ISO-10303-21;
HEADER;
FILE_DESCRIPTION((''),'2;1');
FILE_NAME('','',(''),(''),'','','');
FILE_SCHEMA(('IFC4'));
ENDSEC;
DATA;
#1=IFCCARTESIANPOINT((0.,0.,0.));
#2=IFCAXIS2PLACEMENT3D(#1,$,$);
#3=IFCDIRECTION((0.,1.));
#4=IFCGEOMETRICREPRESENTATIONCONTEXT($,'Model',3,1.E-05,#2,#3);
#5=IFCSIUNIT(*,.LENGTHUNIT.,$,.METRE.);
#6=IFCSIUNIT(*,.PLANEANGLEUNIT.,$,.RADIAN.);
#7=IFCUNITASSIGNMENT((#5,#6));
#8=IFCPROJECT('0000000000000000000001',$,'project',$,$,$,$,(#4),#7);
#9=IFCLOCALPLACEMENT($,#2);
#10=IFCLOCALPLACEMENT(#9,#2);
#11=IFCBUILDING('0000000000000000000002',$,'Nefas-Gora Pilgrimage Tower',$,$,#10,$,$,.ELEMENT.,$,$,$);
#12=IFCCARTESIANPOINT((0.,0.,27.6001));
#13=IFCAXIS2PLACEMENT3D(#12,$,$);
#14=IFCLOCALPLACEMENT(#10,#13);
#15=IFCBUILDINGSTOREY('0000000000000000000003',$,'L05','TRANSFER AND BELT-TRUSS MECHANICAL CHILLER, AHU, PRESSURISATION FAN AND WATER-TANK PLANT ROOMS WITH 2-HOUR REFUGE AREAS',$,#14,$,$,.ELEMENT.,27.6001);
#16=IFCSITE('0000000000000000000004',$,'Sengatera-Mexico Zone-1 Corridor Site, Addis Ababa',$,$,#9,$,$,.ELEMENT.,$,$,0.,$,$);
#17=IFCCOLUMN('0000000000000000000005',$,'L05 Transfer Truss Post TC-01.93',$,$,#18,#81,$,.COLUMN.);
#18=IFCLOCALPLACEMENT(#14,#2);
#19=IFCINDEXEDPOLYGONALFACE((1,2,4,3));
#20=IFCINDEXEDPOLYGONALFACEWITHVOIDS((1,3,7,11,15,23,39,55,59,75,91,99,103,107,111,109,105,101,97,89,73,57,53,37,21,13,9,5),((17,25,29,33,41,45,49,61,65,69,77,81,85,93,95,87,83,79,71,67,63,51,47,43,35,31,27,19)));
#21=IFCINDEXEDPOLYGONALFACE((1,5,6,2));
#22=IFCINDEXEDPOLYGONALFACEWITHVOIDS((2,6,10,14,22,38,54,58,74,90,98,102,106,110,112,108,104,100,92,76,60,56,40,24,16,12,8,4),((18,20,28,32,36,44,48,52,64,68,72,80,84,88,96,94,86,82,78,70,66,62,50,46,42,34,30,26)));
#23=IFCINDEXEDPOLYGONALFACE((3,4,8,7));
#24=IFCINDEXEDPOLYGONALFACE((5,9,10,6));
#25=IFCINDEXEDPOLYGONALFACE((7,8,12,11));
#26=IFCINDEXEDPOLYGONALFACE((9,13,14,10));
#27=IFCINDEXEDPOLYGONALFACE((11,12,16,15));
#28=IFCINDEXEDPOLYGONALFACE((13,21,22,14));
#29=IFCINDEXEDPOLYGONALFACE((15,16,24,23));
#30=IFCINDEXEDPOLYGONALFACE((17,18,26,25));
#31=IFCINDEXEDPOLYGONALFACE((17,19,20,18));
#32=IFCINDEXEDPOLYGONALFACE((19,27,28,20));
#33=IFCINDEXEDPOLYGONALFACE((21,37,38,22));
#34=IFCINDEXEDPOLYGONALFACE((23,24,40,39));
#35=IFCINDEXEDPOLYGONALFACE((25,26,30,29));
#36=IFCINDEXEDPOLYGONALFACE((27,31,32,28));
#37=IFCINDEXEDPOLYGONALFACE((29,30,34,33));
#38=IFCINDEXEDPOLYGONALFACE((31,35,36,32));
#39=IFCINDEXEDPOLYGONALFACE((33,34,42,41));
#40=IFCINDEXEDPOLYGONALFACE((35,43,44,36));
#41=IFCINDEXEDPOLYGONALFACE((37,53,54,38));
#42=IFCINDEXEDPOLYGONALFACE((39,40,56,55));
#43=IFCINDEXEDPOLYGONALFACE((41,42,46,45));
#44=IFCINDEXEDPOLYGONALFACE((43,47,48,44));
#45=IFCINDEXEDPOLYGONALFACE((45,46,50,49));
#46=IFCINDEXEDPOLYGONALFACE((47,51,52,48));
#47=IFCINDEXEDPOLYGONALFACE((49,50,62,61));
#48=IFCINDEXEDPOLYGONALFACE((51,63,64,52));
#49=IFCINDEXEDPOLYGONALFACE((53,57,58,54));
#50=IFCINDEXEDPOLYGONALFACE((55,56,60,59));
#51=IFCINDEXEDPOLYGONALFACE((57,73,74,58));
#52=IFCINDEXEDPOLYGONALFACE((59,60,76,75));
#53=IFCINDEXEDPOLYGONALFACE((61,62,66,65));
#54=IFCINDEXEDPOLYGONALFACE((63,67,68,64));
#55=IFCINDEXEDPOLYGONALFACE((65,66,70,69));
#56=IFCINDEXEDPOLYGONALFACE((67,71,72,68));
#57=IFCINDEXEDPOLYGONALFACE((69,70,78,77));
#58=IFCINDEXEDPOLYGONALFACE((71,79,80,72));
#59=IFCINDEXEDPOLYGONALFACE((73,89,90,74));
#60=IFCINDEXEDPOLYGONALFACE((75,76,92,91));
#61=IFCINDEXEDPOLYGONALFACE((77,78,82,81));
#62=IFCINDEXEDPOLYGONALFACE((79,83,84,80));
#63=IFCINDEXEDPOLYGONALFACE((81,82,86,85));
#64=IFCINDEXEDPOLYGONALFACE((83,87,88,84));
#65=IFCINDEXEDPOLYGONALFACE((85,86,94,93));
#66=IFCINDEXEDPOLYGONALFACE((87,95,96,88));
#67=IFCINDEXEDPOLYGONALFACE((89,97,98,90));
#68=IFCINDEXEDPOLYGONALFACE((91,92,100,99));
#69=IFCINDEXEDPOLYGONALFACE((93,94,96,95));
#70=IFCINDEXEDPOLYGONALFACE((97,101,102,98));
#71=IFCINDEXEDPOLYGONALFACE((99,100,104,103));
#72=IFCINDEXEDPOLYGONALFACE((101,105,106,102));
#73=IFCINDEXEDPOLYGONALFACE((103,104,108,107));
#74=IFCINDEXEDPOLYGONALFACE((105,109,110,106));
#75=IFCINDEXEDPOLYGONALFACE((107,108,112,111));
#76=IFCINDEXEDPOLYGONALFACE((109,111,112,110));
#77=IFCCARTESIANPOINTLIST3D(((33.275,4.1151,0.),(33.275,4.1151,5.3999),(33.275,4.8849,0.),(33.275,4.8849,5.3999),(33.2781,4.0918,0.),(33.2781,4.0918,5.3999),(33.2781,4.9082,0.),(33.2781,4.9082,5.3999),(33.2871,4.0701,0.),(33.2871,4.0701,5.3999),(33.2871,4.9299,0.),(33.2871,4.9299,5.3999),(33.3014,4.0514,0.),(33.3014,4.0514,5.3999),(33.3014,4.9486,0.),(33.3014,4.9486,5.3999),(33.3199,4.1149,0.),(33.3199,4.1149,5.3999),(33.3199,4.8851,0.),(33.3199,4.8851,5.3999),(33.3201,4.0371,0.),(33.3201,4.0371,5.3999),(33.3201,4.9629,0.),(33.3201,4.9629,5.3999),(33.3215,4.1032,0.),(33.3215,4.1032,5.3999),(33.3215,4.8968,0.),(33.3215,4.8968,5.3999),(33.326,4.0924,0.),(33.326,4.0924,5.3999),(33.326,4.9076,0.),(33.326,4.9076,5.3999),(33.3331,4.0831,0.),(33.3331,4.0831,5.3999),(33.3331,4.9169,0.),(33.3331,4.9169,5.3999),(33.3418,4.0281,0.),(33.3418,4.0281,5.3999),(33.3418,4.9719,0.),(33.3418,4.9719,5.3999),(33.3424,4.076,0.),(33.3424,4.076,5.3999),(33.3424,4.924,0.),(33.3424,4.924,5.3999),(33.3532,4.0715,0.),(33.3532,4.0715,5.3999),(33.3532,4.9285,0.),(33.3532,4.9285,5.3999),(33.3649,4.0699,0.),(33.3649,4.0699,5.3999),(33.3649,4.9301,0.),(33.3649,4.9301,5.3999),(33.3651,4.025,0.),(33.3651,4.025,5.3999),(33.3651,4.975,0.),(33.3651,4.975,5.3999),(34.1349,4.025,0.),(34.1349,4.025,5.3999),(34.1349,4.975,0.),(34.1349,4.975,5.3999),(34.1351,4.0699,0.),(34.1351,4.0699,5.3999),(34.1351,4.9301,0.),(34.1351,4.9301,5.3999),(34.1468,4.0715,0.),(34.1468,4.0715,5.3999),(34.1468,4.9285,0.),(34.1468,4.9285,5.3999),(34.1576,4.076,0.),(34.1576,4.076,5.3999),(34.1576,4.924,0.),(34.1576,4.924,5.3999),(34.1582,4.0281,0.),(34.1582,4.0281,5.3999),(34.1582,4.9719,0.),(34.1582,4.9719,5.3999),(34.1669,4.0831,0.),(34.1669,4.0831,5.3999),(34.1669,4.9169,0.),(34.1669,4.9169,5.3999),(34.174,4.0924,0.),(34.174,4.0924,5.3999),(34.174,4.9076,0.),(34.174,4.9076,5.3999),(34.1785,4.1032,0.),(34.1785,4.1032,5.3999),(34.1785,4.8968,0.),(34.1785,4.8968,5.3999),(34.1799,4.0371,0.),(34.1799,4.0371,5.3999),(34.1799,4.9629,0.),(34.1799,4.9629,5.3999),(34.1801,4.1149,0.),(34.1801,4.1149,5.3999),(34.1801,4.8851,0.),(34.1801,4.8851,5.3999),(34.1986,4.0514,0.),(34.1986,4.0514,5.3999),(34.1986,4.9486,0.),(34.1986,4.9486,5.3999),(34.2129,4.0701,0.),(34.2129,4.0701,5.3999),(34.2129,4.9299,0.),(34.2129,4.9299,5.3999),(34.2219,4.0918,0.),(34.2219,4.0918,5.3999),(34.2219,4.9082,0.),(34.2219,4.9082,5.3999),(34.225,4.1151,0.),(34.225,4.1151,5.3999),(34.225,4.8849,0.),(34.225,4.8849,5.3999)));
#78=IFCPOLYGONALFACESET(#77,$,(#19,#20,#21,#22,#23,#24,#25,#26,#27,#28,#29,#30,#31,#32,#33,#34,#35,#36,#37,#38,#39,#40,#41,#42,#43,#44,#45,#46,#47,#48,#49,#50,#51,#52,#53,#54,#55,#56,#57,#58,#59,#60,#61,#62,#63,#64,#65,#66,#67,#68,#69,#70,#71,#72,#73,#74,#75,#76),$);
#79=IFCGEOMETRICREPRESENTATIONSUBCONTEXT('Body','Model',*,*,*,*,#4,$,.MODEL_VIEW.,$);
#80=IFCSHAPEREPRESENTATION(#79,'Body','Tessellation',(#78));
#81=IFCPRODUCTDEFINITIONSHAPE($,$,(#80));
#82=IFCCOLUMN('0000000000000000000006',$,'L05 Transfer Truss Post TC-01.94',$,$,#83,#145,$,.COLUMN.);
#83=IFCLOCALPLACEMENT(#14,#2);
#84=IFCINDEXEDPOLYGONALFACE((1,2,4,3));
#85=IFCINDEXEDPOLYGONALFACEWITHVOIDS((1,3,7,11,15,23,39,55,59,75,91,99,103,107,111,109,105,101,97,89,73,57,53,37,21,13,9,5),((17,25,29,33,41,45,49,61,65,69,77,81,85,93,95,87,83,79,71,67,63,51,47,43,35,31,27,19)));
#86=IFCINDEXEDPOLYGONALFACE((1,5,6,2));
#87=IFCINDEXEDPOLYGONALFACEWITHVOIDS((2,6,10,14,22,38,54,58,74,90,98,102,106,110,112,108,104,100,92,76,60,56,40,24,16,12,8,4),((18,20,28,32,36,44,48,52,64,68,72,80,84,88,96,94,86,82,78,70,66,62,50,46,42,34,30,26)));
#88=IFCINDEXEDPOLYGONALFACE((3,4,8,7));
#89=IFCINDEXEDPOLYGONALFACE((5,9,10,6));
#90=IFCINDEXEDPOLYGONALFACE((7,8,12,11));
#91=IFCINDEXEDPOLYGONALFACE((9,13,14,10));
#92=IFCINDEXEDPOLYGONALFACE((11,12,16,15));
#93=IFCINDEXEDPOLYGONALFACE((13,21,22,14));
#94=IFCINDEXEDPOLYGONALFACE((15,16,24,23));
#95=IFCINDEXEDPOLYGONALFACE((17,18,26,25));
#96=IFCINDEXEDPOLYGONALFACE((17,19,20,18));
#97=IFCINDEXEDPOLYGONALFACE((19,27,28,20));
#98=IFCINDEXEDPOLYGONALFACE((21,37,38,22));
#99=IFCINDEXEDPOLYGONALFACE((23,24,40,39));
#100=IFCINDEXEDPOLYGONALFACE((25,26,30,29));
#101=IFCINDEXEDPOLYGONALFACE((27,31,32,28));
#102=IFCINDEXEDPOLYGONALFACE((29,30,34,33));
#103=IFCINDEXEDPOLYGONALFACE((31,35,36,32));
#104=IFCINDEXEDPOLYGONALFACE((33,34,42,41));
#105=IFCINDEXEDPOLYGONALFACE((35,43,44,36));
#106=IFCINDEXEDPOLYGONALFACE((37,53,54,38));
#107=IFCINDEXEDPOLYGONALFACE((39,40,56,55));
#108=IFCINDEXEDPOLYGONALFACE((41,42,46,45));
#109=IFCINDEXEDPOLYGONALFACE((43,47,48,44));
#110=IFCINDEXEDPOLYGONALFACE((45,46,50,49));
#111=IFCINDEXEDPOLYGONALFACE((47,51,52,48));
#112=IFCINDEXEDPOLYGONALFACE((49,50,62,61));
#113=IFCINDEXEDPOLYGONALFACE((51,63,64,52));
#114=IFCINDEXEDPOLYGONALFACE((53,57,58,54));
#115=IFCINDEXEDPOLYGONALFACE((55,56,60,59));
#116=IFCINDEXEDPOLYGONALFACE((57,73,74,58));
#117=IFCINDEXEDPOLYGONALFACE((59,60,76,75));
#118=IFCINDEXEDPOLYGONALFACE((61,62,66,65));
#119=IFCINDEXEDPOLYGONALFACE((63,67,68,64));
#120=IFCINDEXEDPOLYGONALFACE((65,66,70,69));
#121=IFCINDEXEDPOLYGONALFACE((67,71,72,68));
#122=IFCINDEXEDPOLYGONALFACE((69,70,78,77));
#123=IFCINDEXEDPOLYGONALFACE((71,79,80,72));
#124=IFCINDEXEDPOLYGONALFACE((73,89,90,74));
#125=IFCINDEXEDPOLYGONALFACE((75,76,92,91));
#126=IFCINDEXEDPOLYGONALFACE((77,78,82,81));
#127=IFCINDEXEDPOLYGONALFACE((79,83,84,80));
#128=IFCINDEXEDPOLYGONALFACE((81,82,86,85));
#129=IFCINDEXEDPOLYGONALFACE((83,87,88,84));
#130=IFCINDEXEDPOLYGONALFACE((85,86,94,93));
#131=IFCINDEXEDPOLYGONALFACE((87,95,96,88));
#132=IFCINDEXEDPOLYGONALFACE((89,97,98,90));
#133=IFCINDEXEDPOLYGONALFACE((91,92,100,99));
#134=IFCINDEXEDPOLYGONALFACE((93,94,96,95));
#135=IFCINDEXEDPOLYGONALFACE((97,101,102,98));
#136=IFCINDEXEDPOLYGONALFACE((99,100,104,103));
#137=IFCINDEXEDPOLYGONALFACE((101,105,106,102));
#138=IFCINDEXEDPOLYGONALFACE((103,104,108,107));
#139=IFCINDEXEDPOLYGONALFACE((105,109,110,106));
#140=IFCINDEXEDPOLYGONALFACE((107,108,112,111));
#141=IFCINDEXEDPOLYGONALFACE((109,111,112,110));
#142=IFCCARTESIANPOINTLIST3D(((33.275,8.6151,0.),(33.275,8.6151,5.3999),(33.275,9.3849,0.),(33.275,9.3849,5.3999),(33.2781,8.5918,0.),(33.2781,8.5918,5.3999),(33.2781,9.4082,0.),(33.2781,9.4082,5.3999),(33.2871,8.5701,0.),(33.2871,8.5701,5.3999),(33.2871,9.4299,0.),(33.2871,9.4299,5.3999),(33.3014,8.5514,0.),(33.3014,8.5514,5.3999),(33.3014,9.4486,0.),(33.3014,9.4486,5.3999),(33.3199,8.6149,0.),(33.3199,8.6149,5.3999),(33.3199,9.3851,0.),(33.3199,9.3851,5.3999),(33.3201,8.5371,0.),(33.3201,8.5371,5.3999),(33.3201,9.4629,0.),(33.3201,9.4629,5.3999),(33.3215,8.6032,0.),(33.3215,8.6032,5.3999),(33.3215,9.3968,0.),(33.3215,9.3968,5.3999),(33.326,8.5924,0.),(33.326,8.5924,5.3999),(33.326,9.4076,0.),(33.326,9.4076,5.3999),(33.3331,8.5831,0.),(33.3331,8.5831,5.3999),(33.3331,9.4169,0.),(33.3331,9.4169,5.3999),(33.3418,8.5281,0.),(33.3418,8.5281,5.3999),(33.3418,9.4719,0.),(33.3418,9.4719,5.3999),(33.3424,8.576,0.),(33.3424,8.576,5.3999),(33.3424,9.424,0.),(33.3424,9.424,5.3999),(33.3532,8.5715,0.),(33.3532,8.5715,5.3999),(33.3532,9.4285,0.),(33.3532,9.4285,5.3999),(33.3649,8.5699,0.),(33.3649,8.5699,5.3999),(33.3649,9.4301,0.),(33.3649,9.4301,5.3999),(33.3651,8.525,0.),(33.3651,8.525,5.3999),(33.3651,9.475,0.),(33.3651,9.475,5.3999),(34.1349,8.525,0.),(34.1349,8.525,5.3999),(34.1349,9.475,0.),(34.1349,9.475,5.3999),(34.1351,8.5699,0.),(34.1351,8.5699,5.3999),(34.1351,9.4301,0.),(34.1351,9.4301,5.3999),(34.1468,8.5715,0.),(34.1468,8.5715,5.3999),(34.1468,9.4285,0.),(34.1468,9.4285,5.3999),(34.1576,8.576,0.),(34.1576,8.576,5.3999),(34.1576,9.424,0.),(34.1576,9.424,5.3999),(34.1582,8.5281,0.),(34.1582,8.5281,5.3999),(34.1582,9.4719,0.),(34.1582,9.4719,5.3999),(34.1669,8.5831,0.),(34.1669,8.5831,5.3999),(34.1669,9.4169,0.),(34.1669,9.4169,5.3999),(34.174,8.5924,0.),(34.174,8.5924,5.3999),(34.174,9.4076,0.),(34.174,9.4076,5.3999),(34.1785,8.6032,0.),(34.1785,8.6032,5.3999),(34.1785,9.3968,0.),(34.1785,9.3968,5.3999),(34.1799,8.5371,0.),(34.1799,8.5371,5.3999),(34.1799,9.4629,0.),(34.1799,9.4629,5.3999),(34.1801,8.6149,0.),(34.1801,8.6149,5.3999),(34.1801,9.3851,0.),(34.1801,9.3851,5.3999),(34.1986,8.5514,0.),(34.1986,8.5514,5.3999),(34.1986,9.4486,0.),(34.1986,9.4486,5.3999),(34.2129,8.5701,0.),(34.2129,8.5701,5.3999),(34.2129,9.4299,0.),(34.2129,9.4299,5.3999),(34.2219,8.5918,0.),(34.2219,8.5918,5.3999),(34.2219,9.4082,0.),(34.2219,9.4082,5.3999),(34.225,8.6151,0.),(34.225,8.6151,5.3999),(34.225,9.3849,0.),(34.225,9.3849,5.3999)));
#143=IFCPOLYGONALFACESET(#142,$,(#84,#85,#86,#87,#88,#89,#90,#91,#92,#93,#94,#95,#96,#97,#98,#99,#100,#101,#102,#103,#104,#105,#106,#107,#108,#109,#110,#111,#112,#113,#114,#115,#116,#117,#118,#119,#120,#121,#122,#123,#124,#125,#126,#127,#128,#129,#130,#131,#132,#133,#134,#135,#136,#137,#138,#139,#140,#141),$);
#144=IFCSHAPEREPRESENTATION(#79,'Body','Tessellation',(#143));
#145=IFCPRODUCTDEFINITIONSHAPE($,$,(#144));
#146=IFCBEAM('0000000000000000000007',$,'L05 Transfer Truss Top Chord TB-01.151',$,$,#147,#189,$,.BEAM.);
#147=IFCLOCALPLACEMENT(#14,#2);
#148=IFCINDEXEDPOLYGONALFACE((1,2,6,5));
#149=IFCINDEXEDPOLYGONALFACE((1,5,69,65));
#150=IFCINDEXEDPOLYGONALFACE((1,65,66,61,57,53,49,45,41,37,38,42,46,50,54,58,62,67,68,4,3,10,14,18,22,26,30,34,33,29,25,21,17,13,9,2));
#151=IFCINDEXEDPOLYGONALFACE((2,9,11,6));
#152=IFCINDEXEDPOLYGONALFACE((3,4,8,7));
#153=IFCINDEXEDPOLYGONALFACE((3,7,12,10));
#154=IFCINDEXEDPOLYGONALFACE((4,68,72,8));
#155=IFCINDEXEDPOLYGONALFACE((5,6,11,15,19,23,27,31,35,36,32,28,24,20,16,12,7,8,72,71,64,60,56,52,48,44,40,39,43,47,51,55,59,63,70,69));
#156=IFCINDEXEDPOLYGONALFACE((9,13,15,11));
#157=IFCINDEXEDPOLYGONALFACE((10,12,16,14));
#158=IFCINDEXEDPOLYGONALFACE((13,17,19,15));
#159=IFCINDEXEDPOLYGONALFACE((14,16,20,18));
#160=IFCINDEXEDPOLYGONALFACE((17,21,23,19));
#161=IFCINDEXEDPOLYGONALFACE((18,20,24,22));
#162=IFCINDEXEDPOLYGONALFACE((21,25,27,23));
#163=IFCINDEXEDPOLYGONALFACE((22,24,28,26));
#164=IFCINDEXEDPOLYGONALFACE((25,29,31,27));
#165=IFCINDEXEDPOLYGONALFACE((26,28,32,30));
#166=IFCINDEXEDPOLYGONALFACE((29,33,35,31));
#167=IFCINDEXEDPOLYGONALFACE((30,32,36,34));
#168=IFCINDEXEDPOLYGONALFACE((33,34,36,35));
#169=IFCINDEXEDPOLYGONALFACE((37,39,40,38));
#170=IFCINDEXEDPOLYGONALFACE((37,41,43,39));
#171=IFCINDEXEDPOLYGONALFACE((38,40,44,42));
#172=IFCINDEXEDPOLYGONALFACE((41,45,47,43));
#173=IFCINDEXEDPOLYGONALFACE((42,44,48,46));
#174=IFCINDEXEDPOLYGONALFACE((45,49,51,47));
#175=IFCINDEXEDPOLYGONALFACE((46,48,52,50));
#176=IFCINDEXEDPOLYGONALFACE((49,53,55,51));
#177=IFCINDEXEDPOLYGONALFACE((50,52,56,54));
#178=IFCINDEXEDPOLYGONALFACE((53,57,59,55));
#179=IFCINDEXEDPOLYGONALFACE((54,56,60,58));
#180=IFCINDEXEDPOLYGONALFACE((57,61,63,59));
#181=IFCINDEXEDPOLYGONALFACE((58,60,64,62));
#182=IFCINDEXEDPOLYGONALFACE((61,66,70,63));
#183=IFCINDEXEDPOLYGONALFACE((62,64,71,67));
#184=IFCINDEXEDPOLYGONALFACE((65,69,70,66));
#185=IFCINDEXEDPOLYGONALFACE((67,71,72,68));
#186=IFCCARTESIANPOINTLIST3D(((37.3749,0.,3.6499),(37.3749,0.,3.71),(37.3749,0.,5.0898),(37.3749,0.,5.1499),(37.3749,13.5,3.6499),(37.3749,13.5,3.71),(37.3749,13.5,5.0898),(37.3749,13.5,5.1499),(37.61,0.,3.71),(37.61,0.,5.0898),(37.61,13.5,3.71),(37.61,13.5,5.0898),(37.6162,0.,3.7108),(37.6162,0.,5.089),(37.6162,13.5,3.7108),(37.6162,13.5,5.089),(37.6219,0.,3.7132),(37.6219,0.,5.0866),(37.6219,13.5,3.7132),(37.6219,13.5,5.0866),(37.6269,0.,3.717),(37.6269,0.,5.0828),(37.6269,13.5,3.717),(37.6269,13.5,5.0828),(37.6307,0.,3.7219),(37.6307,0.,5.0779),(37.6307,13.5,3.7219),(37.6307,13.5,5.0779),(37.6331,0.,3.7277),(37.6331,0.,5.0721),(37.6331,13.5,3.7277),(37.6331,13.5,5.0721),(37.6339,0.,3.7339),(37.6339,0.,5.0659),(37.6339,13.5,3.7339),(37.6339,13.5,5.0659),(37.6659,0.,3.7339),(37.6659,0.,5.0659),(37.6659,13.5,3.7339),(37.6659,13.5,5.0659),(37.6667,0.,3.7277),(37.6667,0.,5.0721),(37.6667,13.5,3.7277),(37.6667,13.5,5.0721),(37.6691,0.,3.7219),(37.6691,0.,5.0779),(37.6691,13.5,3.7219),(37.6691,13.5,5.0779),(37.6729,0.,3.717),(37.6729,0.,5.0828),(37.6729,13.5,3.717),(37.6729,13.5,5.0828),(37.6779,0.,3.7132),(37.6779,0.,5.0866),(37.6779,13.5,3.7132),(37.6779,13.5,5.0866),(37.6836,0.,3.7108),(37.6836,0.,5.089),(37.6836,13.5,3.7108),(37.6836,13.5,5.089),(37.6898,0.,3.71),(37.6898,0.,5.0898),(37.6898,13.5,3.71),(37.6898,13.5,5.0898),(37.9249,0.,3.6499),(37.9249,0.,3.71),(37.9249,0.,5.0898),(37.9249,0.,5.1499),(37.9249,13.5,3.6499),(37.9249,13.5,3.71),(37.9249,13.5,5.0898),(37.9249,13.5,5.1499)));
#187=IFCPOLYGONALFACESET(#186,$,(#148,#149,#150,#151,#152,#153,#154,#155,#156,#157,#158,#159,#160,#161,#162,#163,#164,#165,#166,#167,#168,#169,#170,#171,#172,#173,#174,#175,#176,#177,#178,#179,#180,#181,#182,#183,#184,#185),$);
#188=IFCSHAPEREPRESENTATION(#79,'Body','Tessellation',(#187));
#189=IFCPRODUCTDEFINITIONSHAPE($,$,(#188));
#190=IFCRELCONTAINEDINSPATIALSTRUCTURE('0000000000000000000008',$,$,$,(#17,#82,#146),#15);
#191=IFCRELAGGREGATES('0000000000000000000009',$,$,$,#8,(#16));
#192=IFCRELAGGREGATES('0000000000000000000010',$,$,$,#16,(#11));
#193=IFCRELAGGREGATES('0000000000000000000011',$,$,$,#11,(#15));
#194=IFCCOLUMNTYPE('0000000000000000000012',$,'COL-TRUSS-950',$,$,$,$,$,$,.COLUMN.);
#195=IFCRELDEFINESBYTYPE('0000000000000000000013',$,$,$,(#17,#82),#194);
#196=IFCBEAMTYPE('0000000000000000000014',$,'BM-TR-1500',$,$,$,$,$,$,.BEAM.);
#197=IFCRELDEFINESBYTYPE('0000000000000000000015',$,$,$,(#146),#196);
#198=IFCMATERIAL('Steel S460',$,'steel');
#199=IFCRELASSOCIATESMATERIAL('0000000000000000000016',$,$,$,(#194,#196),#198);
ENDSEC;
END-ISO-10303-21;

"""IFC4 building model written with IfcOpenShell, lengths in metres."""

from ifc_helpers import new_model, si_unit, direction, frame, origin, origin_2d, place, context, subcontext, project, spatial, hollow_rectangle, i_section, extrude, source, transform, mapped, material, material_profile, profile_set, type_object, element, save


model = new_model("IFC4")

# Units and contexts
model_context = context("Model", 3, precision=1e-05, world=origin(), true_north=direction((0.0, 1.0)))
body_context = subcontext(model_context, "Body", "Model", "MODEL_VIEW")
ifc_project = project(units=[si_unit("LENGTHUNIT", "METRE"), si_unit("PLANEANGLEUNIT", "RADIAN")], contexts=[model_context])

# Site, building, storey
site_placement = place(None, origin())
site = spatial("IfcSite", under=ifc_project, at=site_placement, Name="Sengatera-Mexico Zone-1 Corridor Site, Addis Ababa", CompositionType="ELEMENT", RefElevation=0.0)
building_placement = place(site_placement, origin())
building = spatial("IfcBuilding", under=site, at=building_placement, Name="Nefas-Gora Pilgrimage Tower", CompositionType="ELEMENT")
storey_placement = place(building_placement, frame((0.0, 0.0, 27.6001)))
storey = spatial("IfcBuildingStorey", under=building, at=storey_placement, Name="L05", Description="TRANSFER AND BELT-TRUSS MECHANICAL CHILLER, AHU, PRESSURISATION FAN AND WATER-TANK PLANT ROOMS WITH 2-HOUR REFUGE AREAS", CompositionType="ELEMENT", Elevation=27.6001)

# Columns
ifc_material_1 = material(Name="Steel S460", Category="steel")
ifc_material_profile_1 = material_profile(ifc_material_1, hollow_rectangle(XDim=0.95, YDim=0.95, WallThickness=0.0449, InnerFilletRadius=0.0449, OuterFilletRadius=0.0901, at=origin_2d()), Name="BOX 950x950x45")
ifc_profile_set_1 = profile_set([ifc_material_profile_1], Name="Steel S460")
column_type_1 = type_object("IfcColumnType", Name="COL-TRUSS-950", PredefinedType="COLUMN", material=ifc_profile_set_1)
shared_shape_1 = source(origin(), body_context, "Body", "SweptSolid", [
    extrude(hollow_rectangle(XDim=0.95, YDim=0.95, WallThickness=0.0449, InnerFilletRadius=0.0449, OuterFilletRadius=0.0901, at=origin_2d()), origin(), (0.0, 0.0, 1.0), 5.3999),
])
for number, where, z_axis, x_axis, name in (
    (1, (33.75, 4.5, 0.0), (0.0, 0.0, 1.0), (1.0, 0.0, 0.0), "L05 Transfer Truss Post TC-01.93"),
    (2, (33.75, 9.0, 0.0), (0.0, 0.0, 1.0), (1.0, 0.0, 0.0), "L05 Transfer Truss Post TC-01.94"),
):
    element("IfcColumn", number, at=place(storey_placement, frame(where, z_axis=z_axis, x_axis=x_axis)), inside=storey, type_object=column_type_1, Name=name, PredefinedType="COLUMN", context=body_context, shape_type="MappedRepresentation", body=[
        mapped(shared_shape_1, transform((0.0, 0.0, 0.0), x_axis=(1.0, 0.0, 0.0), y_axis=(0.0, 1.0, 0.0), z_axis=(0.0, 0.0, 1.0), scale=1.0)),
    ])

# Beam
ifc_material_profile_2 = material_profile(ifc_material_1, i_section(OverallWidth=0.55, OverallDepth=1.5, WebThickness=0.032, FlangeThickness=0.0601, FilletRadius=0.0239, at=origin_2d()), Name="WPG 1500x550x32x60")
ifc_profile_set_2 = profile_set([ifc_material_profile_2], Name="Steel S460")
beam_type_1 = type_object("IfcBeamType", Name="BM-TR-1500", PredefinedType="BEAM", material=ifc_profile_set_2)
shared_shape_2 = source(origin(), body_context, "Body", "SweptSolid", [
    extrude(i_section(OverallWidth=0.55, OverallDepth=1.5, WebThickness=0.032, FlangeThickness=0.0601, FilletRadius=0.0239, at=origin_2d()), origin(), (0.0, 0.0, 1.0), 13.5),
])
beam_1_placement = place(storey_placement, frame((37.6499, 0.0, 4.3999), z_axis=(0.0, 1.0, 0.0), x_axis=(-1.0, 0.0, 0.0)))
element("IfcBeam", 3, at=beam_1_placement, inside=storey, type_object=beam_type_1, Name="L05 Transfer Truss Top Chord TB-01.151", PredefinedType="BEAM", context=body_context, shape_type="MappedRepresentation", body=[
    mapped(shared_shape_2, transform((0.0, 0.0, 0.0), x_axis=(1.0, 0.0, 0.0), y_axis=(0.0, 1.0, 0.0), z_axis=(0.0, 0.0, 1.0), scale=1.0)),
])

save(model, "model.ifc")
